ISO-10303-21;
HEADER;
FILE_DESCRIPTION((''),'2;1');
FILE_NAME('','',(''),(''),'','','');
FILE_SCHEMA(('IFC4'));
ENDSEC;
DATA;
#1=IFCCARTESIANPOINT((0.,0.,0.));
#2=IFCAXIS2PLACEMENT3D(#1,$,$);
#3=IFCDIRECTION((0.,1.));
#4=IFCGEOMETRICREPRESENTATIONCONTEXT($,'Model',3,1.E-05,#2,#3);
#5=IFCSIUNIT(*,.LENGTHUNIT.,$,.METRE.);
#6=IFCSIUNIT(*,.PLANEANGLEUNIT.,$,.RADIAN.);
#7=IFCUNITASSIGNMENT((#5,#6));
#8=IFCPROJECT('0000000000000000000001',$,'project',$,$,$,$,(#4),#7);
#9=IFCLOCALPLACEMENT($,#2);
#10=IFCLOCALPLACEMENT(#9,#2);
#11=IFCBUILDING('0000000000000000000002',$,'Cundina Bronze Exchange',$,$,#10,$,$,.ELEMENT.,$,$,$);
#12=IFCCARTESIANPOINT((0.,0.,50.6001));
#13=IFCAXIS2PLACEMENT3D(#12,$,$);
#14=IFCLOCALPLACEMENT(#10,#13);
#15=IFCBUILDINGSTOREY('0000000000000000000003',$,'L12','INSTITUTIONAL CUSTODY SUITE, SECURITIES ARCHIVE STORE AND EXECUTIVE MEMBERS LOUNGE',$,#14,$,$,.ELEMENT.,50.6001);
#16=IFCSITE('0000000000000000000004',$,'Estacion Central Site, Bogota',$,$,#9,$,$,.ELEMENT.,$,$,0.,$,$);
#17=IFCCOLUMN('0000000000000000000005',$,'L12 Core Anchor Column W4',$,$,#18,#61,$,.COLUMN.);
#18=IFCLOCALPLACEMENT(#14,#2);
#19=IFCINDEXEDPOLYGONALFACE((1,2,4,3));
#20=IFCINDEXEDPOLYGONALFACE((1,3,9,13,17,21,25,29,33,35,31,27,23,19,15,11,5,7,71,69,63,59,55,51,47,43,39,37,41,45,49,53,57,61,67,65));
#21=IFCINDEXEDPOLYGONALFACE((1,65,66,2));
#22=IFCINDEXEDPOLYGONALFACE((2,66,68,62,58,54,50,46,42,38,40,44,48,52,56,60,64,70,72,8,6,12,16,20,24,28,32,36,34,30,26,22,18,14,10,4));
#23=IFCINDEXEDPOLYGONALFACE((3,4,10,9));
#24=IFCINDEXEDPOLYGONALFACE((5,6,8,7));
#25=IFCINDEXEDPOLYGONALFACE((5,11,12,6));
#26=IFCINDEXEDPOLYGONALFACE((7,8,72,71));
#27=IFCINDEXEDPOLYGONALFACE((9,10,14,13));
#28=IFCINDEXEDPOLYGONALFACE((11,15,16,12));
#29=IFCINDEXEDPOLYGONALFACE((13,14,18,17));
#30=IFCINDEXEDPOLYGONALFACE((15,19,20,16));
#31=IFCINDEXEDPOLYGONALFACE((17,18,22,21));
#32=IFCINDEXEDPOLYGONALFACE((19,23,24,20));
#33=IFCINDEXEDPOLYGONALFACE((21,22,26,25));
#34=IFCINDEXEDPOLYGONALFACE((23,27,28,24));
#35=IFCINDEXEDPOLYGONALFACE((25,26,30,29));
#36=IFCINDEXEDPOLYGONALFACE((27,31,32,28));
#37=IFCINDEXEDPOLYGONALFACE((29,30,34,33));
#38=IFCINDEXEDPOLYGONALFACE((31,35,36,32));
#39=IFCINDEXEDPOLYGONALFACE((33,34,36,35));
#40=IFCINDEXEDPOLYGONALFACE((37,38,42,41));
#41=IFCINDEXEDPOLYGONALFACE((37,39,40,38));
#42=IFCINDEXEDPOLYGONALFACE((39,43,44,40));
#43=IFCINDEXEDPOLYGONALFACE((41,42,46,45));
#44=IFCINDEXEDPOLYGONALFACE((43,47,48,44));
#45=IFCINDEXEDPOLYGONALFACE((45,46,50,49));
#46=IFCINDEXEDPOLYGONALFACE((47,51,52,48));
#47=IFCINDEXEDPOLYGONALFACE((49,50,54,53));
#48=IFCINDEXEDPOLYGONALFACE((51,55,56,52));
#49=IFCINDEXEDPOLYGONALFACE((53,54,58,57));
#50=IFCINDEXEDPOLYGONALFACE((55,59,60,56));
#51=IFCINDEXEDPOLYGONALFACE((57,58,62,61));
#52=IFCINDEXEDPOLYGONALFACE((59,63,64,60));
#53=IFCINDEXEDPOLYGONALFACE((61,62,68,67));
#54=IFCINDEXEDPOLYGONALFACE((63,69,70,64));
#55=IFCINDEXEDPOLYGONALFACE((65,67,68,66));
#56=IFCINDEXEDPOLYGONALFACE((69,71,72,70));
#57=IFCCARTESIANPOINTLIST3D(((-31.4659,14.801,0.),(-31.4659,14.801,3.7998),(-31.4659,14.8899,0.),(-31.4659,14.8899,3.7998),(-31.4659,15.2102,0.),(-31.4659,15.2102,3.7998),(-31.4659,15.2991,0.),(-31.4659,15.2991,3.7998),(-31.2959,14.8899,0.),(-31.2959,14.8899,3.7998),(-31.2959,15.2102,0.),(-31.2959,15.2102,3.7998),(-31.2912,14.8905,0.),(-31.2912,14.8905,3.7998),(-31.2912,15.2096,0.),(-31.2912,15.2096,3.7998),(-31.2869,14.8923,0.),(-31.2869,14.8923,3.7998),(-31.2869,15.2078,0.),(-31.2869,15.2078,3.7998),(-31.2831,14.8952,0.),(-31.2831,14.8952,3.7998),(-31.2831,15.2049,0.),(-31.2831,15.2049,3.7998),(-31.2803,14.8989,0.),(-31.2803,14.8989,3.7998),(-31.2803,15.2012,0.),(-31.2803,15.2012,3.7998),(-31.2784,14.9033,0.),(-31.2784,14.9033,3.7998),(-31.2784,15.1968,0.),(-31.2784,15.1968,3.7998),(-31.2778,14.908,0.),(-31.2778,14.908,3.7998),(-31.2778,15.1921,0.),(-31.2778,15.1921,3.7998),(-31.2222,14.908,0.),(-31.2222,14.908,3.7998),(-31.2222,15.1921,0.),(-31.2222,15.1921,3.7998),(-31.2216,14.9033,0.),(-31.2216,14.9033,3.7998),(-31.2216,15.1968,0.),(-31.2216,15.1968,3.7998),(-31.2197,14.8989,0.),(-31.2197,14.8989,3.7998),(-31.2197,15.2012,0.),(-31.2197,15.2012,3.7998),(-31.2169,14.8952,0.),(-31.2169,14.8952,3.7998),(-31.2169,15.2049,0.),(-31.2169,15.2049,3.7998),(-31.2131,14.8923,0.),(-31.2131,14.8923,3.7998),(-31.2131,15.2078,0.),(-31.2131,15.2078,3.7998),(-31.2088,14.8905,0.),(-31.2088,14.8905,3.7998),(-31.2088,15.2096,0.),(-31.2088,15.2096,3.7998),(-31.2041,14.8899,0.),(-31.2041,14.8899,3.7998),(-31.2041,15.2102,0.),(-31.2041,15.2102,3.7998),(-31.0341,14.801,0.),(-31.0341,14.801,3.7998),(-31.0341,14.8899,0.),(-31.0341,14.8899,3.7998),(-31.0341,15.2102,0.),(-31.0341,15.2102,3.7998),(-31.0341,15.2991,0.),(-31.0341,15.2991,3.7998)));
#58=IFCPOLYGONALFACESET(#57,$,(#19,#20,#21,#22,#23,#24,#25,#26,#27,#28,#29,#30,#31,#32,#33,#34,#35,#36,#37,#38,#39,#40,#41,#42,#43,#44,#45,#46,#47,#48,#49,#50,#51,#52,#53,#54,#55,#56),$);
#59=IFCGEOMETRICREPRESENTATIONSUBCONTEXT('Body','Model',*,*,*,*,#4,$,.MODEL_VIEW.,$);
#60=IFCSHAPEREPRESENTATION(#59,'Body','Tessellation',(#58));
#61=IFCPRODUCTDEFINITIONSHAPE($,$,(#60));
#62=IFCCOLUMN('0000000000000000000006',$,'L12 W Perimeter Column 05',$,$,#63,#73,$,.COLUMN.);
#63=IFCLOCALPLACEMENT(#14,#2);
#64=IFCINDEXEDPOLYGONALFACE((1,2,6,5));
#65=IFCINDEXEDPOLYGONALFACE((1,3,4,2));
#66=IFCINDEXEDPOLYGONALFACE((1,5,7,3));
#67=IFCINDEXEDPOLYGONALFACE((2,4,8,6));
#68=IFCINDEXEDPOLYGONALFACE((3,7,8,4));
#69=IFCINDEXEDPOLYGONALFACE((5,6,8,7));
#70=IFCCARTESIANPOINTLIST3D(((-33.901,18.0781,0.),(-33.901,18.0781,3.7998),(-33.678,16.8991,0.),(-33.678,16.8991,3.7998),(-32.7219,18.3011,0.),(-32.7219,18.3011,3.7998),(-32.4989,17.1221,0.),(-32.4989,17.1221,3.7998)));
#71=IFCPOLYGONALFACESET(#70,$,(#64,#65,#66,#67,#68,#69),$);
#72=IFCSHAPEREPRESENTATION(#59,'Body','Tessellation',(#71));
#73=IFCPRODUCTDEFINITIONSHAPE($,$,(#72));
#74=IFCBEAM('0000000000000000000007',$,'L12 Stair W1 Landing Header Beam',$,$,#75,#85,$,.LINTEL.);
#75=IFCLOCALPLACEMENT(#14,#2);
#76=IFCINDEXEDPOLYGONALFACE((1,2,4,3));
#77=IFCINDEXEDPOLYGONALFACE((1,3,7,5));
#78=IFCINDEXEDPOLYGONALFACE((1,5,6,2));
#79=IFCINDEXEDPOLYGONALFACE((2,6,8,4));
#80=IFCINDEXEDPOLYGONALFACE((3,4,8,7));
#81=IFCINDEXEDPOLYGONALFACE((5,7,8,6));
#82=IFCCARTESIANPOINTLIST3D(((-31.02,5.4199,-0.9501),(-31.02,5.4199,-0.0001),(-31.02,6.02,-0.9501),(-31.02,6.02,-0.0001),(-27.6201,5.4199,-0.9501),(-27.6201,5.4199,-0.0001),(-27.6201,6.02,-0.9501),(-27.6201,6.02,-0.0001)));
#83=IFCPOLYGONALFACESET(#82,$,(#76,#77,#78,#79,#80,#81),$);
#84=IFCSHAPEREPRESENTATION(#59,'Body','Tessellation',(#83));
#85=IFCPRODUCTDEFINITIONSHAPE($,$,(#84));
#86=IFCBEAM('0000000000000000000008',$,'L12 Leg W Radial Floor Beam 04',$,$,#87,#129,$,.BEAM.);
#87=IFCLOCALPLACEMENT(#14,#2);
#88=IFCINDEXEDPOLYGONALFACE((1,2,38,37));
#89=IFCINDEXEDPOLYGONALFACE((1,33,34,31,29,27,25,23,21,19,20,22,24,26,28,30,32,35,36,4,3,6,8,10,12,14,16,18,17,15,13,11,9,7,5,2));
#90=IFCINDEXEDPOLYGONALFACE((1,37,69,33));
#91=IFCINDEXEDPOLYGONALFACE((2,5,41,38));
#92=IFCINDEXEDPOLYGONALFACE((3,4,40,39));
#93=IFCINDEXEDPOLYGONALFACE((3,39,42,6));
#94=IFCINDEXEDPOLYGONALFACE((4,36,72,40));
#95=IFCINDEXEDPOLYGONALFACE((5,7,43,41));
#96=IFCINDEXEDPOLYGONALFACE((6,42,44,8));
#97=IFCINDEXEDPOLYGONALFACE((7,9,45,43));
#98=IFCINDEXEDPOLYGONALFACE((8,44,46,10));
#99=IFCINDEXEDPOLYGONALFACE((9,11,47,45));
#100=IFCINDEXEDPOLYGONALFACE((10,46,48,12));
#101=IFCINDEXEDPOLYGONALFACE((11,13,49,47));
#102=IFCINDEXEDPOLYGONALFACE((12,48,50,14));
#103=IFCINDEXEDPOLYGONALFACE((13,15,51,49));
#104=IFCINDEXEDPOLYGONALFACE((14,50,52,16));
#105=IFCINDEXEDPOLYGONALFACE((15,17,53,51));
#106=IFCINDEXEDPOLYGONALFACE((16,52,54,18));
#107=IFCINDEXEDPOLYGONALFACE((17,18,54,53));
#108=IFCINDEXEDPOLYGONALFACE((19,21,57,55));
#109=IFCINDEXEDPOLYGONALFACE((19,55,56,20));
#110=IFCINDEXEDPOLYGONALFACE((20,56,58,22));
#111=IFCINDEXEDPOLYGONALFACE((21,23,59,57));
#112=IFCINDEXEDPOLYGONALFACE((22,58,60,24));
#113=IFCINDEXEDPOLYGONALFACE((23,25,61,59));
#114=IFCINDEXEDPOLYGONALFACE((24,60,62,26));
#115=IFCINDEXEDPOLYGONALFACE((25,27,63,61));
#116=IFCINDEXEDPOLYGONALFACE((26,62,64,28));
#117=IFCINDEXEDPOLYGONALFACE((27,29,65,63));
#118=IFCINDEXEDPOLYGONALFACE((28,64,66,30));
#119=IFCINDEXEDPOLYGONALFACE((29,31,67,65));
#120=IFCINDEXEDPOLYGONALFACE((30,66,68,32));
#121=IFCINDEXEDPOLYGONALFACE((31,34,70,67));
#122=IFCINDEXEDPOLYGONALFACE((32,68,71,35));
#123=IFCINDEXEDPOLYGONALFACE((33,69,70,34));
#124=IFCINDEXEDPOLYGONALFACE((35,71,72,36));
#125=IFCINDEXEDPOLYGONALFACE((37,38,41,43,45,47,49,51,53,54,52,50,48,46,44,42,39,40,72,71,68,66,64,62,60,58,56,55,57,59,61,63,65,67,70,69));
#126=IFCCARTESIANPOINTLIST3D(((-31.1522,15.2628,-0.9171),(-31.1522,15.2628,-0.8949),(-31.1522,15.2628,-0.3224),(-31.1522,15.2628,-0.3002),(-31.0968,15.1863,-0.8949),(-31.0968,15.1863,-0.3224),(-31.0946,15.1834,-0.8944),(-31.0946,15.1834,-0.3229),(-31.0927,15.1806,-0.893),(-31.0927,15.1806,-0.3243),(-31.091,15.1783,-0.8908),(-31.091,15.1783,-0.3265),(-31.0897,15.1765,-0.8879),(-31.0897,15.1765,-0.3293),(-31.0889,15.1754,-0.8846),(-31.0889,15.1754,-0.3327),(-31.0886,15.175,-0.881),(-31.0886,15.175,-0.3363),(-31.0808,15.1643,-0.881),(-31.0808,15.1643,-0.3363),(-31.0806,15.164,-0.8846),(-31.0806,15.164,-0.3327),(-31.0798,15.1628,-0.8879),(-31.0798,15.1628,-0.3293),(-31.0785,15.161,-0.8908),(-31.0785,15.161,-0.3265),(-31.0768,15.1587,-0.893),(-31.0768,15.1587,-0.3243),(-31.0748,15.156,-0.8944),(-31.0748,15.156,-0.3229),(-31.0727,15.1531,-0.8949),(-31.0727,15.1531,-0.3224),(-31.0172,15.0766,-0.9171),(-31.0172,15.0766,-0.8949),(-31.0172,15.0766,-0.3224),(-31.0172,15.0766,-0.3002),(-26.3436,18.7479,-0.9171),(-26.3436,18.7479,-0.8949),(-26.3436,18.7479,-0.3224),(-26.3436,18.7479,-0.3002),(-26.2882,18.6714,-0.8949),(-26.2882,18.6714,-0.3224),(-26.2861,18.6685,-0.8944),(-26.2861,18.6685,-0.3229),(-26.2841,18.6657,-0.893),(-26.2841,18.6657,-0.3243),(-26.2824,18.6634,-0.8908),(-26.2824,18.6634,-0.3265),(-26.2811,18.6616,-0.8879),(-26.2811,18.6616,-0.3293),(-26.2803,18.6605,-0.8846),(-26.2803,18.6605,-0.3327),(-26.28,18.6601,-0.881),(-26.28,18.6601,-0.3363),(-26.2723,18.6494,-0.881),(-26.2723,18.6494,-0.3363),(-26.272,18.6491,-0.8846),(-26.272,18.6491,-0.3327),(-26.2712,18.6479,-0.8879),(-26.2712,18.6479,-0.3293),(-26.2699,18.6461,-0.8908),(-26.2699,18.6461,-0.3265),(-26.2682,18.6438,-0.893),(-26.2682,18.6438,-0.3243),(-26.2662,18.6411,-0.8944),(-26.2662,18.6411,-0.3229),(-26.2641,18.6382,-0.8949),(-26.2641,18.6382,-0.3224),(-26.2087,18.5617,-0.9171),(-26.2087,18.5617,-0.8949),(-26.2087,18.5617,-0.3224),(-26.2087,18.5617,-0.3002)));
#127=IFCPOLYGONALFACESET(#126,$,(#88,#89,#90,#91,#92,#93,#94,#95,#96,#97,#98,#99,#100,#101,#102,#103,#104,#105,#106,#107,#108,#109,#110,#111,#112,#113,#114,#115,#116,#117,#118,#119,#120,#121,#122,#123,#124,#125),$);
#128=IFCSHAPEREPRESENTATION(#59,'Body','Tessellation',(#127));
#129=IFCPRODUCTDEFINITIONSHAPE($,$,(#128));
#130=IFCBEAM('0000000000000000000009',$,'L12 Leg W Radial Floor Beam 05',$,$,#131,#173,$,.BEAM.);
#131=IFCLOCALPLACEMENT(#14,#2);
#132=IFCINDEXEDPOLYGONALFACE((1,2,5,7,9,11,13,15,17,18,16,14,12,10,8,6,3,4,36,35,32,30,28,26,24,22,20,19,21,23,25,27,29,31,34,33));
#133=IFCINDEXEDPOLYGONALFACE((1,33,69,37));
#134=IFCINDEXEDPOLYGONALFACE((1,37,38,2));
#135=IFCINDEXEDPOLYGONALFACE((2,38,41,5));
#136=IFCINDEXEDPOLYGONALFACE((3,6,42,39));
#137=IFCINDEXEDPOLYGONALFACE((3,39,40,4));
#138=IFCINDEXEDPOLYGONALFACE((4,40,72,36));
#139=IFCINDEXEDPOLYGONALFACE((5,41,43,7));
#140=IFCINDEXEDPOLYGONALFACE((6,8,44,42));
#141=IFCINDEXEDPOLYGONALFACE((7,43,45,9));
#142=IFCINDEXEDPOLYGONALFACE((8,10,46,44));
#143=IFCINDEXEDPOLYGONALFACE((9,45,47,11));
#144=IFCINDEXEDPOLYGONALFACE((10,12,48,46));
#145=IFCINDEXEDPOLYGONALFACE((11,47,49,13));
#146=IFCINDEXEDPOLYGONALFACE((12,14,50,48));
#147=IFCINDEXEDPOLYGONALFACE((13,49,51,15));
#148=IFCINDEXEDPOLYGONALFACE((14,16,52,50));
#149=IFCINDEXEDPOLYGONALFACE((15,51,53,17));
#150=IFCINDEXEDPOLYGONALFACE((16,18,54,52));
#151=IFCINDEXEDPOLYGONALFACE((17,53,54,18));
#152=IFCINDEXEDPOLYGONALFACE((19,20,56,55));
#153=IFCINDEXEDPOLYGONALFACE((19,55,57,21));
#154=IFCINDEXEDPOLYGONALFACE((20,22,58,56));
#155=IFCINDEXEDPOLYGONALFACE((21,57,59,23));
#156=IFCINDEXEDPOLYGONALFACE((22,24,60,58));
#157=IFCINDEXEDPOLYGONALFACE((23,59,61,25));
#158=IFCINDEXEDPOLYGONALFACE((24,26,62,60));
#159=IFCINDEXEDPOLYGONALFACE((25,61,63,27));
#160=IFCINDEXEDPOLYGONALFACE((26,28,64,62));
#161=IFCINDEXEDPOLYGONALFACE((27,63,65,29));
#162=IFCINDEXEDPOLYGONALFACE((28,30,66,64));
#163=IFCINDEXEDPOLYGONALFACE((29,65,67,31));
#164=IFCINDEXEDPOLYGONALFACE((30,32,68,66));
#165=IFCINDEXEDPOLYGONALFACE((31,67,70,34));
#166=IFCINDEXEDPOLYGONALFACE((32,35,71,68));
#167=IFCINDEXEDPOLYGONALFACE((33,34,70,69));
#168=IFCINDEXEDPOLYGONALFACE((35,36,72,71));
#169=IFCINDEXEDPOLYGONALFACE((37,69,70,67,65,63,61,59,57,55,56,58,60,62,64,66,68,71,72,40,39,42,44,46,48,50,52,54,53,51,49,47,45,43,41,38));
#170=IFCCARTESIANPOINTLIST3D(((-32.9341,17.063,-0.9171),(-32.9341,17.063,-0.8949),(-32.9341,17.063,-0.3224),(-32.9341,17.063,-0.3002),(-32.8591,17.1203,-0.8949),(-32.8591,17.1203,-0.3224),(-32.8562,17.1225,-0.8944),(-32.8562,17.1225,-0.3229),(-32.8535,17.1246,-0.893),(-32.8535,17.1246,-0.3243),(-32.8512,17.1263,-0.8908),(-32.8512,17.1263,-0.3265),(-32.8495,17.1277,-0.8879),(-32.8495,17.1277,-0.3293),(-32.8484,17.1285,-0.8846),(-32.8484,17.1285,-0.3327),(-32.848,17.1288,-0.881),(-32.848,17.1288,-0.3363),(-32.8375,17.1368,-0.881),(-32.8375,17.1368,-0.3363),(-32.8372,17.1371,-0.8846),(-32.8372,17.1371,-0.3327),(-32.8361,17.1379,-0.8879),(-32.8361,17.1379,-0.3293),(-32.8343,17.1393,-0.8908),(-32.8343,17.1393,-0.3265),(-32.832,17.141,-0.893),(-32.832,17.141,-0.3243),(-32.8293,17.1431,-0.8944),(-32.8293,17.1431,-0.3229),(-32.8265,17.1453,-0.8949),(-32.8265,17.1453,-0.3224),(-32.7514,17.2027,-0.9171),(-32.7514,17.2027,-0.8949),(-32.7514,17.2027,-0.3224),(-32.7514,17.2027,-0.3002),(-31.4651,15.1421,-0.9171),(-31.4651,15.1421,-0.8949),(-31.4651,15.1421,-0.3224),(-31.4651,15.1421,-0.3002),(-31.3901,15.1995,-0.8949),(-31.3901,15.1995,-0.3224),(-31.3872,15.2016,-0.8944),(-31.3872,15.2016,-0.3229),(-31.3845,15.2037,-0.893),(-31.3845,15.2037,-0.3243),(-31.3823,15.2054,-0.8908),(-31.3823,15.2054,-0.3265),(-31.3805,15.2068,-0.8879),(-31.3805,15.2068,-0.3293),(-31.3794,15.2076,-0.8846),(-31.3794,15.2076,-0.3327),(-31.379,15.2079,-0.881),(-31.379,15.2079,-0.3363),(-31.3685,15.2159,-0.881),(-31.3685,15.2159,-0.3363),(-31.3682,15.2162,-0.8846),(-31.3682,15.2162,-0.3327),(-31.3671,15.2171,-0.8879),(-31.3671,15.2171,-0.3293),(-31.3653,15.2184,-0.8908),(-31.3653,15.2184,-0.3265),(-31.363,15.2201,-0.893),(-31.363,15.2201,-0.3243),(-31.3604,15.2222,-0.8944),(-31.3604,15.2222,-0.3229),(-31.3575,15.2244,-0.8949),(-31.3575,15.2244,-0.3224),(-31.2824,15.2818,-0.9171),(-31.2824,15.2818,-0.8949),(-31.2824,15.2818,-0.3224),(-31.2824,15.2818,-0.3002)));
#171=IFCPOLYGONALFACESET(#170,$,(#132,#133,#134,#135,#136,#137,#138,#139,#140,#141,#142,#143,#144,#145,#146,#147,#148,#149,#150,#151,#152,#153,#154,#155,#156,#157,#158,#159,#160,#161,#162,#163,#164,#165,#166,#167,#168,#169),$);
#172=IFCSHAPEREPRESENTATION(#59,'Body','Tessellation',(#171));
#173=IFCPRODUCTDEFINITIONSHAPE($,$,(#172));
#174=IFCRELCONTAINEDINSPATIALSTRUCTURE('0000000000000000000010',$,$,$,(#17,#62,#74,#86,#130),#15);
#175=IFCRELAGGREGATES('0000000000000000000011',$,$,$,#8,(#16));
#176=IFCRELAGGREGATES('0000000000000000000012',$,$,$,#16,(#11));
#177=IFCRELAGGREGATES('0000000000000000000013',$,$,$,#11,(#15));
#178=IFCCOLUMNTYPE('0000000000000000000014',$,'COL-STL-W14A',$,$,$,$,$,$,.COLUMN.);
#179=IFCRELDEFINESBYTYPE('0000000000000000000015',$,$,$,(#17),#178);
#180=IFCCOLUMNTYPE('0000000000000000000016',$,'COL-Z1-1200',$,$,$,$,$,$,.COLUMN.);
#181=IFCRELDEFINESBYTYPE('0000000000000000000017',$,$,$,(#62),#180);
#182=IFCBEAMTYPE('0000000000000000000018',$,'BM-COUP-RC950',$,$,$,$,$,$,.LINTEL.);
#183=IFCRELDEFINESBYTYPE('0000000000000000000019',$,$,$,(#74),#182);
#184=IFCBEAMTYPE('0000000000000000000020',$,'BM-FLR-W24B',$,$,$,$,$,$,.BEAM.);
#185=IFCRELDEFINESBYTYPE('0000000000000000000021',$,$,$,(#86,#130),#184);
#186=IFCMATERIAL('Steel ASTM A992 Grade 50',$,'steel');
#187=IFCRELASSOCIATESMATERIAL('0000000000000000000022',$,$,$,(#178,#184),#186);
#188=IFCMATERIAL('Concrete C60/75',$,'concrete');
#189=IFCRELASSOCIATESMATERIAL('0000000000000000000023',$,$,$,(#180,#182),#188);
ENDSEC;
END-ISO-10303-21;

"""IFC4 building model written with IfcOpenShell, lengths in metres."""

from ifc_helpers import new_model, si_unit, direction, frame, origin, origin_2d, place, context, subcontext, project, spatial, rectangle, i_section, extrude, material, material_profile, profile_set, type_object, element, save


model = new_model("IFC4")

# Units and contexts
model_context = context("Model", 3, precision=1e-05, world=origin(), true_north=direction((0.0, 1.0)))
body_context = subcontext(model_context, "Body", "Model", "MODEL_VIEW")
ifc_project = project(units=[si_unit("LENGTHUNIT", "METRE"), si_unit("PLANEANGLEUNIT", "RADIAN")], contexts=[model_context])

# Site, building, storey
site_placement = place(None, origin())
site = spatial("IfcSite", under=ifc_project, at=site_placement, Name="Estacion Central Site, Bogota", CompositionType="ELEMENT", RefElevation=0.0)
building_placement = place(site_placement, origin())
building = spatial("IfcBuilding", under=site, at=building_placement, Name="Cundina Bronze Exchange", CompositionType="ELEMENT")
storey_placement = place(building_placement, frame((0.0, 0.0, 50.6001)))
storey = spatial("IfcBuildingStorey", under=building, at=storey_placement, Name="L12", Description="INSTITUTIONAL CUSTODY SUITE, SECURITIES ARCHIVE STORE AND EXECUTIVE MEMBERS LOUNGE", CompositionType="ELEMENT", Elevation=50.6001)

# Columns
ifc_material_1 = material(Name="Steel ASTM A992 Grade 50", Category="steel")
ifc_material_profile_1 = material_profile(ifc_material_1, i_section(OverallWidth=0.4319, OverallDepth=0.498, WebThickness=0.0557, FlangeThickness=0.0889, FilletRadius=0.0181, at=origin_2d()), Name="W14X500", Category="steel")
ifc_profile_set_1 = profile_set([ifc_material_profile_1], Name="Steel ASTM A992 Grade 50")
column_type_1 = type_object("IfcColumnType", Name="COL-STL-W14A", PredefinedType="COLUMN", material=ifc_profile_set_1)
column_1_placement = place(storey_placement, frame((-31.25, 15.05, 0.0), z_axis=(0.0, 0.0, 1.0), x_axis=(1.0, 0.0, 0.0)))
element("IfcColumn", 1, at=column_1_placement, inside=storey, type_object=column_type_1, Name="L12 Core Anchor Column W4", PredefinedType="COLUMN", context=body_context, shape_type="SweptSolid", body=[
    extrude(i_section(OverallWidth=0.4319, OverallDepth=0.498, WebThickness=0.0557, FlangeThickness=0.0889, FilletRadius=0.0181, at=origin_2d()), origin(), (0.0, 0.0, 1.0), 3.7998),
])
ifc_material_2 = material(Name="Concrete C60/75", Category="concrete")
ifc_material_profile_2 = material_profile(ifc_material_2, rectangle(XDim=1.2, YDim=1.2, at=origin_2d()), Name="RC1200X1200", Category="concrete")
ifc_profile_set_2 = profile_set([ifc_material_profile_2], Name="Concrete C60/75")
column_type_2 = type_object("IfcColumnType", Name="COL-Z1-1200", PredefinedType="COLUMN", material=ifc_profile_set_2)
column_2_placement = place(storey_placement, frame((-33.2, 17.6001, 0.0), z_axis=(0.0, 0.0, 1.0), x_axis=(-0.98258, -0.185838, 0.0)))
element("IfcColumn", 2, at=column_2_placement, inside=storey, type_object=column_type_2, Name="L12 W Perimeter Column 05", PredefinedType="COLUMN", context=body_context, shape_type="SweptSolid", body=[
    extrude(rectangle(XDim=1.2, YDim=1.2, at=origin_2d()), origin(), (0.0, 0.0, 1.0), 3.7998),
])

# Beams
ifc_material_profile_3 = material_profile(ifc_material_2, rectangle(XDim=0.6001, YDim=0.95, at=origin_2d()), Name="RC600X950", Category="concrete")
ifc_profile_set_3 = profile_set([ifc_material_profile_3], Name="Concrete C60/75")
beam_type_1 = type_object("IfcBeamType", Name="BM-COUP-RC950", PredefinedType="LINTEL", material=ifc_profile_set_3)
beam_1_placement = place(storey_placement, frame((-31.02, 5.72, -0.4751), z_axis=(1.0, 0.0, 0.0), x_axis=(0.0, 1.0, 0.0)))
element("IfcBeam", 3, at=beam_1_placement, inside=storey, type_object=beam_type_1, Name="L12 Stair W1 Landing Header Beam", PredefinedType="LINTEL", context=body_context, shape_type="SweptSolid", body=[
    extrude(rectangle(XDim=0.6001, YDim=0.95, at=origin_2d()), origin(), (0.0, 0.0, 1.0), 3.3999),
])
ifc_material_profile_4 = material_profile(ifc_material_1, i_section(OverallWidth=0.23, OverallDepth=0.6169, WebThickness=0.0132, FlangeThickness=0.0222, FilletRadius=0.0139, at=origin_2d()), Name="W24X94", Category="steel")
ifc_profile_set_4 = profile_set([ifc_material_profile_4], Name="Steel ASTM A992 Grade 50")
beam_type_2 = type_object("IfcBeamType", Name="BM-FLR-W24B", PredefinedType="BEAM", material=ifc_profile_set_4)
beam_2_placement = place(storey_placement, frame((-31.0847, 15.1697, -0.6086), z_axis=(0.8097, 0.586844, 0.0), x_axis=(-0.586844, 0.8097, 0.0)))
element("IfcBeam", 4, at=beam_2_placement, inside=storey, type_object=beam_type_2, Name="L12 Leg W Radial Floor Beam 04", PredefinedType="BEAM", context=body_context, shape_type="SweptSolid", body=[
    extrude(i_section(OverallWidth=0.23, OverallDepth=0.6169, WebThickness=0.0132, FlangeThickness=0.0222, FilletRadius=0.0139, at=origin_2d()), origin(), (0.0, 0.0, 1.0), 5.9387),
])
beam_3_placement = place(storey_placement, frame((-31.3738, 15.2119, -0.6086), z_axis=(-0.607469, 0.794344, 0.0), x_axis=(-0.794344, -0.607469, 0.0)))
element("IfcBeam", 5, at=beam_3_placement, inside=storey, type_object=beam_type_2, Name="L12 Leg W Radial Floor Beam 05", PredefinedType="BEAM", context=body_context, shape_type="SweptSolid", body=[
    extrude(i_section(OverallWidth=0.23, OverallDepth=0.6169, WebThickness=0.0132, FlangeThickness=0.0222, FilletRadius=0.0139, at=origin_2d()), origin(), (0.0, 0.0, 1.0), 2.4182),
])

save(model, "model.ifc")
